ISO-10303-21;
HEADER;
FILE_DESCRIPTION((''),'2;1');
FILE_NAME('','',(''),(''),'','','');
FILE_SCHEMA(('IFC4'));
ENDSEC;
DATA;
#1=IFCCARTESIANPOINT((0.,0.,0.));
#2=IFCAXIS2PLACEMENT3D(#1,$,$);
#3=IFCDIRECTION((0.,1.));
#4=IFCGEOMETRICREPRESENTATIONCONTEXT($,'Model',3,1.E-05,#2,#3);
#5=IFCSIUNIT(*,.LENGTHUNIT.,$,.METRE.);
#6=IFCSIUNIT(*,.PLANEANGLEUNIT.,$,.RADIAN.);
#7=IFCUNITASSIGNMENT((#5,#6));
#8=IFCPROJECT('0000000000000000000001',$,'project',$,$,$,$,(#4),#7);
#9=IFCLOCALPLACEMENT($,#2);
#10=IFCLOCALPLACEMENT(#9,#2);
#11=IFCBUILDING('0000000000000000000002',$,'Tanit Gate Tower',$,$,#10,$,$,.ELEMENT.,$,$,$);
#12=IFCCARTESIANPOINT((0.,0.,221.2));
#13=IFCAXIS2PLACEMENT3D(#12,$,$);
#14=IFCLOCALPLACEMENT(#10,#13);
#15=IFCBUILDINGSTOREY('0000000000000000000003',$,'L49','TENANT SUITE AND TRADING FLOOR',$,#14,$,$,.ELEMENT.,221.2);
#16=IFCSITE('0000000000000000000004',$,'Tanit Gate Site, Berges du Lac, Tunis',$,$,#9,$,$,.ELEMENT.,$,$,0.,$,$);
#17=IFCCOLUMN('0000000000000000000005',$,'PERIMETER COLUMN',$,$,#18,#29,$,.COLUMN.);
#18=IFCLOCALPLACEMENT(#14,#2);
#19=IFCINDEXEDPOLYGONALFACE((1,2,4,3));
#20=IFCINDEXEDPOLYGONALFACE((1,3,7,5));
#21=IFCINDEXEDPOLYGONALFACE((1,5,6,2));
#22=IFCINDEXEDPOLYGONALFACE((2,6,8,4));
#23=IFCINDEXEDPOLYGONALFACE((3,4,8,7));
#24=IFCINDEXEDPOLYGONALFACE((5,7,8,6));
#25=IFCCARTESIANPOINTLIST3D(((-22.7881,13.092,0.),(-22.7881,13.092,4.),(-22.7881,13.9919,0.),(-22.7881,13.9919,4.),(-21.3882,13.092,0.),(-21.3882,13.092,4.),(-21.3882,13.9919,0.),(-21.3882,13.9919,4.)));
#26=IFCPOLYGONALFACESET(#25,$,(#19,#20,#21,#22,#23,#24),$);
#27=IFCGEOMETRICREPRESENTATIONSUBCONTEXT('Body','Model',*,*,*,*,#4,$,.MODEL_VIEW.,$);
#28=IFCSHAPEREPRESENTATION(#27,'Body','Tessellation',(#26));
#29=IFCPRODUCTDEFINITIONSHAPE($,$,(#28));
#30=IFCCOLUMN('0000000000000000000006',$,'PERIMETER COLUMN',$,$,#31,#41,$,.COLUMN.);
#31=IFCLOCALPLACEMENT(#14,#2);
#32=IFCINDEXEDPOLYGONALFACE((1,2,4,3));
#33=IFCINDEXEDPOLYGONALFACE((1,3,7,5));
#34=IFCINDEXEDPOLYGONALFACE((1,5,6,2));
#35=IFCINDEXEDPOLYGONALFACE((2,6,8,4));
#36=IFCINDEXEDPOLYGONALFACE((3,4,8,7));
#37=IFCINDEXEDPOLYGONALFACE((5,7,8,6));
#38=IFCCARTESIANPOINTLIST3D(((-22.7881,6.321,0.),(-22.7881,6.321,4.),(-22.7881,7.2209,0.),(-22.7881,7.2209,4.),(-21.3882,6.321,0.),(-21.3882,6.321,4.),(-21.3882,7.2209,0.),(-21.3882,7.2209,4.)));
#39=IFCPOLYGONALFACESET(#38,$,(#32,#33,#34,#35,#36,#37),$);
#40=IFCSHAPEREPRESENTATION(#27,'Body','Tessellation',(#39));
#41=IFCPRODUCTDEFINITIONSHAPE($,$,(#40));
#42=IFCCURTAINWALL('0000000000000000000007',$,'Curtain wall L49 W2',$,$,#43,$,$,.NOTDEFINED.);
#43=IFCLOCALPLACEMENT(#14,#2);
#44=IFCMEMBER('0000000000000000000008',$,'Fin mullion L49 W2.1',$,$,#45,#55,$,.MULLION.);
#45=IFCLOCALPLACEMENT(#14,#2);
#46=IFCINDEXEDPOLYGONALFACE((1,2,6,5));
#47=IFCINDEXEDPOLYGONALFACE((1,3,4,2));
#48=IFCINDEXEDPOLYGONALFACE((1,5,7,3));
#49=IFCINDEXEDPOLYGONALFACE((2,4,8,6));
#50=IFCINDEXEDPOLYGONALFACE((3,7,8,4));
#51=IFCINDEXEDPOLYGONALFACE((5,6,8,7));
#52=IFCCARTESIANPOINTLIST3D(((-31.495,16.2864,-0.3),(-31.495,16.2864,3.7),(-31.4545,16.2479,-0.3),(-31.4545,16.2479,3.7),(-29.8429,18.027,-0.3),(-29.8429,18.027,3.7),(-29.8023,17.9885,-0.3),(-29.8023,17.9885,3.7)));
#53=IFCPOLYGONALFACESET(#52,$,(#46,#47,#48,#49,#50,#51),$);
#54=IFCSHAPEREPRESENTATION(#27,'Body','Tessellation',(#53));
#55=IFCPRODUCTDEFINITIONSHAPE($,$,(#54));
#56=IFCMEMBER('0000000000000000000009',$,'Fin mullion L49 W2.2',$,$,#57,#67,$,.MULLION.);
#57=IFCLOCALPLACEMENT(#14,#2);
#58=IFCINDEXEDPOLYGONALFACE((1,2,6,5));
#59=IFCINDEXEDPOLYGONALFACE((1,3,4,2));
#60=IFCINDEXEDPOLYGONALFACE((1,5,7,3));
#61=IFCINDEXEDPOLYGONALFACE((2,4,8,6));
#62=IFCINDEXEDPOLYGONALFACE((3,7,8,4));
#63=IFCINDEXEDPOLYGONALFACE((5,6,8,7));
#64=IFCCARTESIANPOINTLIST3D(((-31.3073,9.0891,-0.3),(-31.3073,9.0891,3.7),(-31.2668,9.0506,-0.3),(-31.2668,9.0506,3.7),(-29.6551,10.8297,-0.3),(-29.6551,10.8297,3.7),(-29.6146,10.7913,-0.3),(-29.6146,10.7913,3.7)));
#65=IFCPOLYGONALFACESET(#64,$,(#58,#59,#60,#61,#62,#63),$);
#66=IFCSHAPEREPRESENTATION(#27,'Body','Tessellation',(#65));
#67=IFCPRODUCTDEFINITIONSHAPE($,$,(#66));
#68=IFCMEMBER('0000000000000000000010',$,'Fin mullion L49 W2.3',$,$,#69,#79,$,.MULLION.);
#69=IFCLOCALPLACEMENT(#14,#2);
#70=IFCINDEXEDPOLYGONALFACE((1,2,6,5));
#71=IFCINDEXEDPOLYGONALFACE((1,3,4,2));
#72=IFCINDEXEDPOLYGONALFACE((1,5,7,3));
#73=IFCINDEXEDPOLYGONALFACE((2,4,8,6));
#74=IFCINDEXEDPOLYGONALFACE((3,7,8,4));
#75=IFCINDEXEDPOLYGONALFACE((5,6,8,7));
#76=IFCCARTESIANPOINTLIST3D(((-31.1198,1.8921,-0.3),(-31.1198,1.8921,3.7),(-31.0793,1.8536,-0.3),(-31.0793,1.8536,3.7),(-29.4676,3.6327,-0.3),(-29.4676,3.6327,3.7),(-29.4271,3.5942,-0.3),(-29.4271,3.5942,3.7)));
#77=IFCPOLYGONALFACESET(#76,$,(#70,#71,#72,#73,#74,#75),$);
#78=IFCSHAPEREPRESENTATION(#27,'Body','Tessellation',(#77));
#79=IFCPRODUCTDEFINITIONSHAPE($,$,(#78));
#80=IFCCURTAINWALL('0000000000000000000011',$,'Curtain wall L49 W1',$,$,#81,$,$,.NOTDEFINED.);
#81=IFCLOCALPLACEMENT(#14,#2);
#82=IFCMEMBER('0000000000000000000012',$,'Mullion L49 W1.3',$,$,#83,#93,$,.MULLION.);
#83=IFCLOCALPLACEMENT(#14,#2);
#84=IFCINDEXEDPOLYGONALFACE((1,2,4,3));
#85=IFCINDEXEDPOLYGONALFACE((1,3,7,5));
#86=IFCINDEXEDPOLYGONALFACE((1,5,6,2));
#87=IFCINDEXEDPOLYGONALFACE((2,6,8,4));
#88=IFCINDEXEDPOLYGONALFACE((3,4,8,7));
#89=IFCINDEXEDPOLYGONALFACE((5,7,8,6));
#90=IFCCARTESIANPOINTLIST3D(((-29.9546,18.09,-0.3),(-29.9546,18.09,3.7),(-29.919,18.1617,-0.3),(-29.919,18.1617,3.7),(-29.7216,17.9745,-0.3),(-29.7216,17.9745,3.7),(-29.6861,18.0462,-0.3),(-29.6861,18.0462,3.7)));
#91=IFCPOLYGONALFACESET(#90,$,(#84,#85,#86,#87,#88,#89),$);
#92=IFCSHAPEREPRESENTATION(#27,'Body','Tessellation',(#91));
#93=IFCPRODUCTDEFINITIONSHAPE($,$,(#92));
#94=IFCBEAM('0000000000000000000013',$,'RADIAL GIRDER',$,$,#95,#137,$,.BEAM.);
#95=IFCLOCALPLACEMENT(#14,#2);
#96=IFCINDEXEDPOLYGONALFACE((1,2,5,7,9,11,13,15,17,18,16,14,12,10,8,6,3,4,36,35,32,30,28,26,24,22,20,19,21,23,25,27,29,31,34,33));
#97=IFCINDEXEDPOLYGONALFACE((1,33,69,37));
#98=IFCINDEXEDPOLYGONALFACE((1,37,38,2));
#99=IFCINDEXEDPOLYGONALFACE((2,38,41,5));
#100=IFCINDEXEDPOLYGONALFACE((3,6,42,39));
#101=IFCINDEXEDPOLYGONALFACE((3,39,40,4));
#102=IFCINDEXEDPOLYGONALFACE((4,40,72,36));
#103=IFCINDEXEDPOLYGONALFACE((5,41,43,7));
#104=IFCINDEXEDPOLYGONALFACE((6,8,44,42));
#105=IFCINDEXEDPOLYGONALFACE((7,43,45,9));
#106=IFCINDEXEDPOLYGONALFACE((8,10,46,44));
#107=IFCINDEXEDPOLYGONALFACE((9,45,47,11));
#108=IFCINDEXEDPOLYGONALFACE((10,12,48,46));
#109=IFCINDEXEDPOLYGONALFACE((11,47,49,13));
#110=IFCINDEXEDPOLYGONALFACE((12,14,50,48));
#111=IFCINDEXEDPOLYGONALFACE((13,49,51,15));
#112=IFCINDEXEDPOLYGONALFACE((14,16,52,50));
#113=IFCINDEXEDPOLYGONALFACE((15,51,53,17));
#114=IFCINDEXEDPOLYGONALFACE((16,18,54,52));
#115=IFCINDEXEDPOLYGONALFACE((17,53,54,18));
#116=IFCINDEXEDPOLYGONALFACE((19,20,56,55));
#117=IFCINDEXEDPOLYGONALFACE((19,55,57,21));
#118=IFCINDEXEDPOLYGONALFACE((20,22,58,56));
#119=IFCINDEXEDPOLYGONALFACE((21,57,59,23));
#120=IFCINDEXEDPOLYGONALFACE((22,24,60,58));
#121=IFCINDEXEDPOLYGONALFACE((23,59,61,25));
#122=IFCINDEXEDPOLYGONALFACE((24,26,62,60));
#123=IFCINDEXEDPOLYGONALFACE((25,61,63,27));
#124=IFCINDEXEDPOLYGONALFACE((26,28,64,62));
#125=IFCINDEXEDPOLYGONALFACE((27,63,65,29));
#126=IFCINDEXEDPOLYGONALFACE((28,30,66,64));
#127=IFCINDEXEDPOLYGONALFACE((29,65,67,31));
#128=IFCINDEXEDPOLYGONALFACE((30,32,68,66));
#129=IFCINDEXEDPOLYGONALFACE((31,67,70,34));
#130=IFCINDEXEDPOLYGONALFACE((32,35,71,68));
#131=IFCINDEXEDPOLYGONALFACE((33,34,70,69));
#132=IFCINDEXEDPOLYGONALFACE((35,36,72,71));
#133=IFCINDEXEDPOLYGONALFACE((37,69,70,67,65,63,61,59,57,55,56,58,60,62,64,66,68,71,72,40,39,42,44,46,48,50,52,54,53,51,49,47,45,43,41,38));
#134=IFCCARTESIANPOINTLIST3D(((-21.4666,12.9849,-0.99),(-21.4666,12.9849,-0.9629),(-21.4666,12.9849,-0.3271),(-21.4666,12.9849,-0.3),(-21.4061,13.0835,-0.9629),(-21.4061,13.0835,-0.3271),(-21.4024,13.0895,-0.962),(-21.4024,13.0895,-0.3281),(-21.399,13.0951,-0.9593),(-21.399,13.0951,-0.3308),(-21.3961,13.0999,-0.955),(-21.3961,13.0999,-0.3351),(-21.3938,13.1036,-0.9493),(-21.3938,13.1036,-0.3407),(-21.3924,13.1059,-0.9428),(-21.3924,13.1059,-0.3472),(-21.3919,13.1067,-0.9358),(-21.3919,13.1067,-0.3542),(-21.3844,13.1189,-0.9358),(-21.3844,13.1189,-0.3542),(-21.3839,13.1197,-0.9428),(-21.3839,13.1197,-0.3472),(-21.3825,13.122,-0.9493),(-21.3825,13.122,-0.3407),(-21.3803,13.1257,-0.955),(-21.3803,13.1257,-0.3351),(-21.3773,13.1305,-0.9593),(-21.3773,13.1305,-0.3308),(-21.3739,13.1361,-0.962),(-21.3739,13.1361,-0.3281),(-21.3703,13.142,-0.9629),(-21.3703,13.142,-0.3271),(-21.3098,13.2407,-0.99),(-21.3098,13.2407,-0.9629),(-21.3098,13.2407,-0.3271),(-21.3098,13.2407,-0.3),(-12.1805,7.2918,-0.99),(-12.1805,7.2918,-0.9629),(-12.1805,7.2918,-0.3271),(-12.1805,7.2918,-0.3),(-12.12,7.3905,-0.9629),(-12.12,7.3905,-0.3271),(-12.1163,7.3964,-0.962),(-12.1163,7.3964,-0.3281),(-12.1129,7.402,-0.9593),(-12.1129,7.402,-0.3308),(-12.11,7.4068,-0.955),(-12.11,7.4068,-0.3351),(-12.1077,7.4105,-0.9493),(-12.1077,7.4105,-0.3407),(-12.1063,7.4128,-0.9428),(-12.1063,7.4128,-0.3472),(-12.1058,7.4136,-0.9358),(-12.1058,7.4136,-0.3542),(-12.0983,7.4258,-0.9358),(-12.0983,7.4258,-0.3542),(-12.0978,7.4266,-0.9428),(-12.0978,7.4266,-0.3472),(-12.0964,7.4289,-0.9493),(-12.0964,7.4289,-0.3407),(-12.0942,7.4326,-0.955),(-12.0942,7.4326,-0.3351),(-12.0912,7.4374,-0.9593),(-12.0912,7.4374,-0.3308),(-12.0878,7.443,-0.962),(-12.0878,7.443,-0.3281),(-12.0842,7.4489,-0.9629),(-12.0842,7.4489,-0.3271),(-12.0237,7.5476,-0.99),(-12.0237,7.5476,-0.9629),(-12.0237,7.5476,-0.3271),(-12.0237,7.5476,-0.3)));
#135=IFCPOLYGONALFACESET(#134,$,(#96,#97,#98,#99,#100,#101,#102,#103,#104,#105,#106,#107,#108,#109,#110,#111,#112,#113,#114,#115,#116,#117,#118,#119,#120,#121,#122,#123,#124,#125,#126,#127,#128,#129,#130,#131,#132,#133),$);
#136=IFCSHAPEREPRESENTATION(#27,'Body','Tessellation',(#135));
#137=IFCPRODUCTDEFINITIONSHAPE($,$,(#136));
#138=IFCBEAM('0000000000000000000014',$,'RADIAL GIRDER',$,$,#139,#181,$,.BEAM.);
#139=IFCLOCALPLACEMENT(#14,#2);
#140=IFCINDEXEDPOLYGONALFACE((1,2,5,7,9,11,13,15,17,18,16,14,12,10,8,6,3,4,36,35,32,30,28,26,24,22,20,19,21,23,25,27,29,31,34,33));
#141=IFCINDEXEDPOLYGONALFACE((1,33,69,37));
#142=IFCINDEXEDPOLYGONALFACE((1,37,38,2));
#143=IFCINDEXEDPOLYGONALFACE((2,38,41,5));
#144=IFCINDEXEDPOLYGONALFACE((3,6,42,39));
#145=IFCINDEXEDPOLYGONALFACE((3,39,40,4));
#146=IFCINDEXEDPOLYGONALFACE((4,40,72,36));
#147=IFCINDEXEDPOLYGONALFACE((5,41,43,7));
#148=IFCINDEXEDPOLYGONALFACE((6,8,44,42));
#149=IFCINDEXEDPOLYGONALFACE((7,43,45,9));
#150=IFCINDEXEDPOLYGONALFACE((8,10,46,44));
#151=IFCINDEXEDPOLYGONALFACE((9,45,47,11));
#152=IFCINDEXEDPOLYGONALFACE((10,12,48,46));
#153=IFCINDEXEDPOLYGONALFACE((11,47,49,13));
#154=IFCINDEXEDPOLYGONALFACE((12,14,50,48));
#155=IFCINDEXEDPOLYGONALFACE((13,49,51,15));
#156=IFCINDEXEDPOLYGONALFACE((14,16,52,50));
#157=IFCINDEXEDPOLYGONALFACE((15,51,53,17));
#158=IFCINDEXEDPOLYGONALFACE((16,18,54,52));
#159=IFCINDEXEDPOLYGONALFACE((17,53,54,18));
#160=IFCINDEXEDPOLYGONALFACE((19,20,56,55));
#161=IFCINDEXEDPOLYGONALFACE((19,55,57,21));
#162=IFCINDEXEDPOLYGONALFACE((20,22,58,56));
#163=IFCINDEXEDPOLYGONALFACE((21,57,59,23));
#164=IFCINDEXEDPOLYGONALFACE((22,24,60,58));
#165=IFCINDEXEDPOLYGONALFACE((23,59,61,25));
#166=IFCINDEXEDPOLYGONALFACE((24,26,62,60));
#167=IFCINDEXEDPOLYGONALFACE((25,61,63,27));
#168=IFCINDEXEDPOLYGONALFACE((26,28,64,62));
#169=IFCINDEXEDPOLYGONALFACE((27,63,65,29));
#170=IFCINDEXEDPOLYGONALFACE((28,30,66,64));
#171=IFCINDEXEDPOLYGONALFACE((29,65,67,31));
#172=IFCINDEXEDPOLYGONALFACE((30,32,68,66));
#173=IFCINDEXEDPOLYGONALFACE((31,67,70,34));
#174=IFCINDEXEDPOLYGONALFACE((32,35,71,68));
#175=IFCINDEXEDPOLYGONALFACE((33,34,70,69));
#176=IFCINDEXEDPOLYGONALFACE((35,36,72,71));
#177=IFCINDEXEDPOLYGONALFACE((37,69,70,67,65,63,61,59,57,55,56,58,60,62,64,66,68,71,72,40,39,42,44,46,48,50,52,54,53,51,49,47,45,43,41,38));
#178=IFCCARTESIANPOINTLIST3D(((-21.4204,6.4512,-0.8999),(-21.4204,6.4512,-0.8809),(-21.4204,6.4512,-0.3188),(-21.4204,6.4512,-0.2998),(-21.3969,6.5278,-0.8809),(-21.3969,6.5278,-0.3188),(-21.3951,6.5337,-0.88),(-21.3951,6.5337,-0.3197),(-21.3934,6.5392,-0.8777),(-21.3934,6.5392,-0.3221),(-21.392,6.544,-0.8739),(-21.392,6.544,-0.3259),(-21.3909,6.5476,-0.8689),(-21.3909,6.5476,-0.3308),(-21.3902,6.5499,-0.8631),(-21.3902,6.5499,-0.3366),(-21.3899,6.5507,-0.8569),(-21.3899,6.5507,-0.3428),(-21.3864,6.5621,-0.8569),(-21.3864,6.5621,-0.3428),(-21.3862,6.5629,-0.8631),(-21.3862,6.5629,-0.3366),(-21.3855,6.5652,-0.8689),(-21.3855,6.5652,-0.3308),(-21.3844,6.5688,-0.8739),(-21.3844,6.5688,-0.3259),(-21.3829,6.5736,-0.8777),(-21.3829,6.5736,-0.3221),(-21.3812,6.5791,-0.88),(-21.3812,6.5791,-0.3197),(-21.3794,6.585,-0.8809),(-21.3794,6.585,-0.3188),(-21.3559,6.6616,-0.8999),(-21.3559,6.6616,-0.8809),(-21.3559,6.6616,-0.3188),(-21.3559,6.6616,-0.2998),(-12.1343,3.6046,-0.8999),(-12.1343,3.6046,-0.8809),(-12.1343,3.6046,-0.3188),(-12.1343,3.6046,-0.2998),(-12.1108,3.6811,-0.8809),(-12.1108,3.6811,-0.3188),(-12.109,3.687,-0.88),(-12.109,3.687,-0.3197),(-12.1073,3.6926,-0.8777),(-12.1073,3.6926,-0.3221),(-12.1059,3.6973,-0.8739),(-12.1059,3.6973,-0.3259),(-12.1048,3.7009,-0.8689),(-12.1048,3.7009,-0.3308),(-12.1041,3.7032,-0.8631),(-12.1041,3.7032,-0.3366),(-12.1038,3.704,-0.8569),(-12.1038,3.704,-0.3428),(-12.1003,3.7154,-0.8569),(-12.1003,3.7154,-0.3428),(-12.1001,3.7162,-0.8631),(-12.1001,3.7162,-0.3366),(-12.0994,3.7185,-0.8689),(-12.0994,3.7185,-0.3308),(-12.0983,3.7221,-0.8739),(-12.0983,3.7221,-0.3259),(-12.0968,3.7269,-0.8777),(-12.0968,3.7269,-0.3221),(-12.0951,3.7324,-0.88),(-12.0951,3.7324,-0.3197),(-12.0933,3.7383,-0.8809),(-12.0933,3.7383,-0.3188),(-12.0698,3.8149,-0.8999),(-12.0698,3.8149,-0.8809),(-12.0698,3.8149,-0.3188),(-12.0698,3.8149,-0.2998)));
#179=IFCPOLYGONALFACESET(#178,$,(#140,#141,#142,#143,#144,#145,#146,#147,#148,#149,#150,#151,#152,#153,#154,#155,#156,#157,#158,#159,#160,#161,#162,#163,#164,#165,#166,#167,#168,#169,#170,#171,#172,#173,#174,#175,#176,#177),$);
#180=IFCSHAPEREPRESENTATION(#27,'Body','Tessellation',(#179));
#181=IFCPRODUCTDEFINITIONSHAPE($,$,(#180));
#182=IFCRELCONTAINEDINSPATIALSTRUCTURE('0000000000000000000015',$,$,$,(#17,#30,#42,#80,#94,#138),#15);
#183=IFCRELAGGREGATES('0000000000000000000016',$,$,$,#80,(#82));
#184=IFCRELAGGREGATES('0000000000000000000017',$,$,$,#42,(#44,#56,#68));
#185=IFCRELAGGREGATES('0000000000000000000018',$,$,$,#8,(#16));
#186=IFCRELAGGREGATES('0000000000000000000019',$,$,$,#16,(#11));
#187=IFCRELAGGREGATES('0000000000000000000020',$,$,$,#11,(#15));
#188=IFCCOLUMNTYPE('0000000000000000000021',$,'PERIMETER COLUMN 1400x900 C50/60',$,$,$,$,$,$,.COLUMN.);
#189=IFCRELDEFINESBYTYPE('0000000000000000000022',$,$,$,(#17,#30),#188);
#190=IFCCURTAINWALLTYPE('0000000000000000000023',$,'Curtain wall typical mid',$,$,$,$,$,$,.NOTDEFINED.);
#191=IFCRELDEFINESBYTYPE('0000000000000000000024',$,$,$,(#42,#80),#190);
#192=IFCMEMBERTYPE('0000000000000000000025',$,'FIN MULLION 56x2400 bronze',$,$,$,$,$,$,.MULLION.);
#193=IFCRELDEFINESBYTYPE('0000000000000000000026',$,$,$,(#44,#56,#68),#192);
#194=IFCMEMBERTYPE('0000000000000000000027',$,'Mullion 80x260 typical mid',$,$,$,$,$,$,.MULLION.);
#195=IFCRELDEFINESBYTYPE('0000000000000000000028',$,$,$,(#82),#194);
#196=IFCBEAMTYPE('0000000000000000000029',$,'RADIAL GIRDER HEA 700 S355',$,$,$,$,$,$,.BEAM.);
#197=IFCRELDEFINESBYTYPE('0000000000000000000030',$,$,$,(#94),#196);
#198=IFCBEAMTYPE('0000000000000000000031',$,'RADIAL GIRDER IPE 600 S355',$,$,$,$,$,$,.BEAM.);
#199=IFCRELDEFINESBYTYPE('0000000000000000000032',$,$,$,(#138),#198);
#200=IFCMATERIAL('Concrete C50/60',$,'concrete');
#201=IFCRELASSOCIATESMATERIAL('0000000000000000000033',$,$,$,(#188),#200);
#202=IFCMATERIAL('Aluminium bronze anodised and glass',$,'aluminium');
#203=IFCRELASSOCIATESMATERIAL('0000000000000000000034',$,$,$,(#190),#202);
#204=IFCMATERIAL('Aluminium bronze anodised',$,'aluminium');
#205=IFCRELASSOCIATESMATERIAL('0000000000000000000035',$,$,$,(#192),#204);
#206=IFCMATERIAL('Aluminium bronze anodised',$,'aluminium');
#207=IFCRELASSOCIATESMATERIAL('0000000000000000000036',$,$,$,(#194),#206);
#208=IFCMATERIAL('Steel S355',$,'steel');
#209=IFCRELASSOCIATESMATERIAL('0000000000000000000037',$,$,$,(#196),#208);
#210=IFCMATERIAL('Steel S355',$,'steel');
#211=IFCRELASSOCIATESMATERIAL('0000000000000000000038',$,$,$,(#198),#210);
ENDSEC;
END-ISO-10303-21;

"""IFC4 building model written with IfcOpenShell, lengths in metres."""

from ifc_helpers import new_model, si_unit, direction, frame, origin, origin_2d, place, context, subcontext, project, spatial, rectangle, i_section, extrude, material, material_profile, profile_set, type_object, element, aggregate, save


model = new_model("IFC4")

# Units and contexts
model_context = context("Model", 3, precision=1e-05, world=origin(), true_north=direction((0.0, 1.0)))
body_context = subcontext(model_context, "Body", "Model", "MODEL_VIEW")
ifc_project = project(units=[si_unit("LENGTHUNIT", "METRE"), si_unit("PLANEANGLEUNIT", "RADIAN")], contexts=[model_context])

# Site, building, storey
site_placement = place(None, origin())
site = spatial("IfcSite", under=ifc_project, at=site_placement, Name="Tanit Gate Site, Berges du Lac, Tunis", CompositionType="ELEMENT", RefElevation=0.0)
building_placement = place(site_placement, origin())
building = spatial("IfcBuilding", under=site, at=building_placement, Name="Tanit Gate Tower", CompositionType="ELEMENT")
storey_placement = place(building_placement, frame((0.0, 0.0, 221.2)))
storey = spatial("IfcBuildingStorey", under=building, at=storey_placement, Name="L49", Description="TENANT SUITE AND TRADING FLOOR", CompositionType="ELEMENT", Elevation=221.2)

# Columns
ifc_material_1 = material(Name="Concrete C50/60", Category="concrete")
ifc_material_profile_1 = material_profile(ifc_material_1, rectangle(XDim=1.3999, YDim=0.8999, at=origin_2d()), Name="RC 1400x900")
ifc_profile_set_1 = profile_set([ifc_material_profile_1], Name="Concrete C50/60")
column_type = type_object("IfcColumnType", Name="PERIMETER COLUMN 1400x900 C50/60", PredefinedType="COLUMN", material=ifc_profile_set_1)
for number, where, z_axis, x_axis, name in (
    (1, (-22.0881, 13.542, 0.0), (0.0, 0.0, 1.0), (-1.0, 0.0, 0.0), "PERIMETER COLUMN"),
    (2, (-22.0881, 6.771, 0.0), (0.0, 0.0, 1.0), (-1.0, 0.0, 0.0), "PERIMETER COLUMN"),
):
    element("IfcColumn", number, at=place(storey_placement, frame(where, z_axis=z_axis, x_axis=x_axis)), inside=storey, type_object=column_type, Name=name, PredefinedType="COLUMN", context=body_context, shape_type="SweptSolid", body=[
        extrude(rectangle(XDim=1.3999, YDim=0.8999, at=origin_2d()), origin(), (0.0, 0.0, 1.0), 4.0),
    ])

# Curtain wall, members
ifc_material_2 = material(Name="Aluminium bronze anodised and glass", Category="aluminium")
curtain_wall_type = type_object("IfcCurtainWallType", Name="Curtain wall typical mid", PredefinedType="NOTDEFINED", material=ifc_material_2)
curtain_wall_1_placement = place(storey_placement, origin())
curtain_wall_1 = element("IfcCurtainWall", 3, at=curtain_wall_1_placement, inside=storey, type_object=curtain_wall_type, Name="Curtain wall L49 W2", PredefinedType="NOTDEFINED")
ifc_material_3 = material(Name="Aluminium bronze anodised", Category="aluminium")
ifc_material_profile_2 = material_profile(ifc_material_3, rectangle(XDim=2.3999, YDim=0.0559, at=origin_2d()), Name="56x2400 bronze fin mullion")
ifc_profile_set_2 = profile_set([ifc_material_profile_2], Name="Aluminium bronze anodised")
member_type_1 = type_object("IfcMemberType", Name="FIN MULLION 56x2400 bronze", PredefinedType="MULLION", material=ifc_profile_set_2)
member_1_placement = place(storey_placement, frame((-30.6487, 17.1375, -0.3), z_axis=(0.0, 0.0, 1.0), x_axis=(0.688438, 0.725296, 0.0)))
member_1 = element("IfcMember", 4, at=member_1_placement, type_object=member_type_1, Name="Fin mullion L49 W2.1", PredefinedType="MULLION", context=body_context, shape_type="SweptSolid", body=[
    extrude(rectangle(XDim=2.3999, YDim=0.0559, at=origin_2d()), origin(), (0.0, 0.0, 1.0), 4.0),
])
member_2_placement = place(storey_placement, frame((-30.4609, 9.9402, -0.3), z_axis=(0.0, 0.0, 1.0), x_axis=(0.688438, 0.725296, 0.0)))
member_2 = element("IfcMember", 5, at=member_2_placement, type_object=member_type_1, Name="Fin mullion L49 W2.2", PredefinedType="MULLION", context=body_context, shape_type="SweptSolid", body=[
    extrude(rectangle(XDim=2.3999, YDim=0.0559, at=origin_2d()), origin(), (0.0, 0.0, 1.0), 4.0),
])
member_3_placement = place(storey_placement, frame((-30.2734, 2.7432, -0.3), z_axis=(0.0, 0.0, 1.0), x_axis=(0.688438, 0.725296, 0.0)))
member_3 = element("IfcMember", 6, at=member_3_placement, type_object=member_type_1, Name="Fin mullion L49 W2.3", PredefinedType="MULLION", context=body_context, shape_type="SweptSolid", body=[
    extrude(rectangle(XDim=2.3999, YDim=0.0559, at=origin_2d()), origin(), (0.0, 0.0, 1.0), 4.0),
])

# Curtain wall, member
curtain_wall_2_placement = place(storey_placement, origin())
curtain_wall_2 = element("IfcCurtainWall", 7, at=curtain_wall_2_placement, inside=storey, type_object=curtain_wall_type, Name="Curtain wall L49 W1", PredefinedType="NOTDEFINED")
ifc_material_4 = material(Name="Aluminium bronze anodised", Category="aluminium")
ifc_material_profile_3 = material_profile(ifc_material_4, rectangle(XDim=0.26, YDim=0.0801, at=origin_2d()), Name="80x260 bronze mullion")
ifc_profile_set_3 = profile_set([ifc_material_profile_3], Name="Aluminium bronze anodised")
member_type_2 = type_object("IfcMemberType", Name="Mullion 80x260 typical mid", PredefinedType="MULLION", material=ifc_profile_set_3)
member_4_placement = place(storey_placement, frame((-29.8203, 18.0681, -0.3), z_axis=(0.0, 0.0, 1.0), x_axis=(0.895876, -0.444304, 0.0)))
member_4 = element("IfcMember", 8, at=member_4_placement, type_object=member_type_2, Name="Mullion L49 W1.3", PredefinedType="MULLION", context=body_context, shape_type="SweptSolid", body=[
    extrude(rectangle(XDim=0.26, YDim=0.0801, at=origin_2d()), origin(), (0.0, 0.0, 1.0), 4.0),
])
aggregate(curtain_wall_2, [member_4])

# Beams
ifc_material_5 = material(Name="Steel S355", Category="steel")
ifc_material_profile_4 = material_profile(ifc_material_5, i_section(OverallWidth=0.3, OverallDepth=0.6899, WebThickness=0.0144, FlangeThickness=0.0271, FilletRadius=0.0271, at=origin_2d()), Name="HEA 700")
ifc_profile_set_4 = profile_set([ifc_material_profile_4], Name="Steel S355")
beam_type_1 = type_object("IfcBeamType", Name="RADIAL GIRDER HEA 700 S355", PredefinedType="BEAM", material=ifc_profile_set_4)
beam_1_placement = place(storey_placement, frame((-21.3882, 13.1128, -0.645), z_axis=(0.852535, -0.52267, 0.0), x_axis=(0.52267, 0.852535, 0.0)))
element("IfcBeam", 9, at=beam_1_placement, inside=storey, type_object=beam_type_1, Name="RADIAL GIRDER", PredefinedType="BEAM", context=body_context, shape_type="SweptSolid", body=[
    extrude(i_section(OverallWidth=0.3, OverallDepth=0.6899, WebThickness=0.0144, FlangeThickness=0.0271, FilletRadius=0.0271, at=origin_2d()), origin(), (0.0, 0.0, 1.0), 10.8923),
])
ifc_material_6 = material(Name="Steel S355", Category="steel")
ifc_material_profile_5 = material_profile(ifc_material_6, i_section(OverallWidth=0.22, OverallDepth=0.6001, WebThickness=0.012, FlangeThickness=0.019, FilletRadius=0.0239, at=origin_2d()), Name="IPE 600")
ifc_profile_set_5 = profile_set([ifc_material_profile_5], Name="Steel S355")
beam_type_2 = type_object("IfcBeamType", Name="RADIAL GIRDER IPE 600 S355", PredefinedType="BEAM", material=ifc_profile_set_5)
beam_2_placement = place(storey_placement, frame((-21.3882, 6.5564, -0.5999), z_axis=(0.956085, -0.293089, 0.0), x_axis=(0.293089, 0.956085, 0.0)))
element("IfcBeam", 10, at=beam_2_placement, inside=storey, type_object=beam_type_2, Name="RADIAL GIRDER", PredefinedType="BEAM", context=body_context, shape_type="SweptSolid", body=[
    extrude(i_section(OverallWidth=0.22, OverallDepth=0.6001, WebThickness=0.012, FlangeThickness=0.019, FilletRadius=0.0239, at=origin_2d()), origin(), (0.0, 0.0, 1.0), 9.7126),
])

aggregate(curtain_wall_1, [member_1, member_2, member_3])

save(model, "model.ifc")
